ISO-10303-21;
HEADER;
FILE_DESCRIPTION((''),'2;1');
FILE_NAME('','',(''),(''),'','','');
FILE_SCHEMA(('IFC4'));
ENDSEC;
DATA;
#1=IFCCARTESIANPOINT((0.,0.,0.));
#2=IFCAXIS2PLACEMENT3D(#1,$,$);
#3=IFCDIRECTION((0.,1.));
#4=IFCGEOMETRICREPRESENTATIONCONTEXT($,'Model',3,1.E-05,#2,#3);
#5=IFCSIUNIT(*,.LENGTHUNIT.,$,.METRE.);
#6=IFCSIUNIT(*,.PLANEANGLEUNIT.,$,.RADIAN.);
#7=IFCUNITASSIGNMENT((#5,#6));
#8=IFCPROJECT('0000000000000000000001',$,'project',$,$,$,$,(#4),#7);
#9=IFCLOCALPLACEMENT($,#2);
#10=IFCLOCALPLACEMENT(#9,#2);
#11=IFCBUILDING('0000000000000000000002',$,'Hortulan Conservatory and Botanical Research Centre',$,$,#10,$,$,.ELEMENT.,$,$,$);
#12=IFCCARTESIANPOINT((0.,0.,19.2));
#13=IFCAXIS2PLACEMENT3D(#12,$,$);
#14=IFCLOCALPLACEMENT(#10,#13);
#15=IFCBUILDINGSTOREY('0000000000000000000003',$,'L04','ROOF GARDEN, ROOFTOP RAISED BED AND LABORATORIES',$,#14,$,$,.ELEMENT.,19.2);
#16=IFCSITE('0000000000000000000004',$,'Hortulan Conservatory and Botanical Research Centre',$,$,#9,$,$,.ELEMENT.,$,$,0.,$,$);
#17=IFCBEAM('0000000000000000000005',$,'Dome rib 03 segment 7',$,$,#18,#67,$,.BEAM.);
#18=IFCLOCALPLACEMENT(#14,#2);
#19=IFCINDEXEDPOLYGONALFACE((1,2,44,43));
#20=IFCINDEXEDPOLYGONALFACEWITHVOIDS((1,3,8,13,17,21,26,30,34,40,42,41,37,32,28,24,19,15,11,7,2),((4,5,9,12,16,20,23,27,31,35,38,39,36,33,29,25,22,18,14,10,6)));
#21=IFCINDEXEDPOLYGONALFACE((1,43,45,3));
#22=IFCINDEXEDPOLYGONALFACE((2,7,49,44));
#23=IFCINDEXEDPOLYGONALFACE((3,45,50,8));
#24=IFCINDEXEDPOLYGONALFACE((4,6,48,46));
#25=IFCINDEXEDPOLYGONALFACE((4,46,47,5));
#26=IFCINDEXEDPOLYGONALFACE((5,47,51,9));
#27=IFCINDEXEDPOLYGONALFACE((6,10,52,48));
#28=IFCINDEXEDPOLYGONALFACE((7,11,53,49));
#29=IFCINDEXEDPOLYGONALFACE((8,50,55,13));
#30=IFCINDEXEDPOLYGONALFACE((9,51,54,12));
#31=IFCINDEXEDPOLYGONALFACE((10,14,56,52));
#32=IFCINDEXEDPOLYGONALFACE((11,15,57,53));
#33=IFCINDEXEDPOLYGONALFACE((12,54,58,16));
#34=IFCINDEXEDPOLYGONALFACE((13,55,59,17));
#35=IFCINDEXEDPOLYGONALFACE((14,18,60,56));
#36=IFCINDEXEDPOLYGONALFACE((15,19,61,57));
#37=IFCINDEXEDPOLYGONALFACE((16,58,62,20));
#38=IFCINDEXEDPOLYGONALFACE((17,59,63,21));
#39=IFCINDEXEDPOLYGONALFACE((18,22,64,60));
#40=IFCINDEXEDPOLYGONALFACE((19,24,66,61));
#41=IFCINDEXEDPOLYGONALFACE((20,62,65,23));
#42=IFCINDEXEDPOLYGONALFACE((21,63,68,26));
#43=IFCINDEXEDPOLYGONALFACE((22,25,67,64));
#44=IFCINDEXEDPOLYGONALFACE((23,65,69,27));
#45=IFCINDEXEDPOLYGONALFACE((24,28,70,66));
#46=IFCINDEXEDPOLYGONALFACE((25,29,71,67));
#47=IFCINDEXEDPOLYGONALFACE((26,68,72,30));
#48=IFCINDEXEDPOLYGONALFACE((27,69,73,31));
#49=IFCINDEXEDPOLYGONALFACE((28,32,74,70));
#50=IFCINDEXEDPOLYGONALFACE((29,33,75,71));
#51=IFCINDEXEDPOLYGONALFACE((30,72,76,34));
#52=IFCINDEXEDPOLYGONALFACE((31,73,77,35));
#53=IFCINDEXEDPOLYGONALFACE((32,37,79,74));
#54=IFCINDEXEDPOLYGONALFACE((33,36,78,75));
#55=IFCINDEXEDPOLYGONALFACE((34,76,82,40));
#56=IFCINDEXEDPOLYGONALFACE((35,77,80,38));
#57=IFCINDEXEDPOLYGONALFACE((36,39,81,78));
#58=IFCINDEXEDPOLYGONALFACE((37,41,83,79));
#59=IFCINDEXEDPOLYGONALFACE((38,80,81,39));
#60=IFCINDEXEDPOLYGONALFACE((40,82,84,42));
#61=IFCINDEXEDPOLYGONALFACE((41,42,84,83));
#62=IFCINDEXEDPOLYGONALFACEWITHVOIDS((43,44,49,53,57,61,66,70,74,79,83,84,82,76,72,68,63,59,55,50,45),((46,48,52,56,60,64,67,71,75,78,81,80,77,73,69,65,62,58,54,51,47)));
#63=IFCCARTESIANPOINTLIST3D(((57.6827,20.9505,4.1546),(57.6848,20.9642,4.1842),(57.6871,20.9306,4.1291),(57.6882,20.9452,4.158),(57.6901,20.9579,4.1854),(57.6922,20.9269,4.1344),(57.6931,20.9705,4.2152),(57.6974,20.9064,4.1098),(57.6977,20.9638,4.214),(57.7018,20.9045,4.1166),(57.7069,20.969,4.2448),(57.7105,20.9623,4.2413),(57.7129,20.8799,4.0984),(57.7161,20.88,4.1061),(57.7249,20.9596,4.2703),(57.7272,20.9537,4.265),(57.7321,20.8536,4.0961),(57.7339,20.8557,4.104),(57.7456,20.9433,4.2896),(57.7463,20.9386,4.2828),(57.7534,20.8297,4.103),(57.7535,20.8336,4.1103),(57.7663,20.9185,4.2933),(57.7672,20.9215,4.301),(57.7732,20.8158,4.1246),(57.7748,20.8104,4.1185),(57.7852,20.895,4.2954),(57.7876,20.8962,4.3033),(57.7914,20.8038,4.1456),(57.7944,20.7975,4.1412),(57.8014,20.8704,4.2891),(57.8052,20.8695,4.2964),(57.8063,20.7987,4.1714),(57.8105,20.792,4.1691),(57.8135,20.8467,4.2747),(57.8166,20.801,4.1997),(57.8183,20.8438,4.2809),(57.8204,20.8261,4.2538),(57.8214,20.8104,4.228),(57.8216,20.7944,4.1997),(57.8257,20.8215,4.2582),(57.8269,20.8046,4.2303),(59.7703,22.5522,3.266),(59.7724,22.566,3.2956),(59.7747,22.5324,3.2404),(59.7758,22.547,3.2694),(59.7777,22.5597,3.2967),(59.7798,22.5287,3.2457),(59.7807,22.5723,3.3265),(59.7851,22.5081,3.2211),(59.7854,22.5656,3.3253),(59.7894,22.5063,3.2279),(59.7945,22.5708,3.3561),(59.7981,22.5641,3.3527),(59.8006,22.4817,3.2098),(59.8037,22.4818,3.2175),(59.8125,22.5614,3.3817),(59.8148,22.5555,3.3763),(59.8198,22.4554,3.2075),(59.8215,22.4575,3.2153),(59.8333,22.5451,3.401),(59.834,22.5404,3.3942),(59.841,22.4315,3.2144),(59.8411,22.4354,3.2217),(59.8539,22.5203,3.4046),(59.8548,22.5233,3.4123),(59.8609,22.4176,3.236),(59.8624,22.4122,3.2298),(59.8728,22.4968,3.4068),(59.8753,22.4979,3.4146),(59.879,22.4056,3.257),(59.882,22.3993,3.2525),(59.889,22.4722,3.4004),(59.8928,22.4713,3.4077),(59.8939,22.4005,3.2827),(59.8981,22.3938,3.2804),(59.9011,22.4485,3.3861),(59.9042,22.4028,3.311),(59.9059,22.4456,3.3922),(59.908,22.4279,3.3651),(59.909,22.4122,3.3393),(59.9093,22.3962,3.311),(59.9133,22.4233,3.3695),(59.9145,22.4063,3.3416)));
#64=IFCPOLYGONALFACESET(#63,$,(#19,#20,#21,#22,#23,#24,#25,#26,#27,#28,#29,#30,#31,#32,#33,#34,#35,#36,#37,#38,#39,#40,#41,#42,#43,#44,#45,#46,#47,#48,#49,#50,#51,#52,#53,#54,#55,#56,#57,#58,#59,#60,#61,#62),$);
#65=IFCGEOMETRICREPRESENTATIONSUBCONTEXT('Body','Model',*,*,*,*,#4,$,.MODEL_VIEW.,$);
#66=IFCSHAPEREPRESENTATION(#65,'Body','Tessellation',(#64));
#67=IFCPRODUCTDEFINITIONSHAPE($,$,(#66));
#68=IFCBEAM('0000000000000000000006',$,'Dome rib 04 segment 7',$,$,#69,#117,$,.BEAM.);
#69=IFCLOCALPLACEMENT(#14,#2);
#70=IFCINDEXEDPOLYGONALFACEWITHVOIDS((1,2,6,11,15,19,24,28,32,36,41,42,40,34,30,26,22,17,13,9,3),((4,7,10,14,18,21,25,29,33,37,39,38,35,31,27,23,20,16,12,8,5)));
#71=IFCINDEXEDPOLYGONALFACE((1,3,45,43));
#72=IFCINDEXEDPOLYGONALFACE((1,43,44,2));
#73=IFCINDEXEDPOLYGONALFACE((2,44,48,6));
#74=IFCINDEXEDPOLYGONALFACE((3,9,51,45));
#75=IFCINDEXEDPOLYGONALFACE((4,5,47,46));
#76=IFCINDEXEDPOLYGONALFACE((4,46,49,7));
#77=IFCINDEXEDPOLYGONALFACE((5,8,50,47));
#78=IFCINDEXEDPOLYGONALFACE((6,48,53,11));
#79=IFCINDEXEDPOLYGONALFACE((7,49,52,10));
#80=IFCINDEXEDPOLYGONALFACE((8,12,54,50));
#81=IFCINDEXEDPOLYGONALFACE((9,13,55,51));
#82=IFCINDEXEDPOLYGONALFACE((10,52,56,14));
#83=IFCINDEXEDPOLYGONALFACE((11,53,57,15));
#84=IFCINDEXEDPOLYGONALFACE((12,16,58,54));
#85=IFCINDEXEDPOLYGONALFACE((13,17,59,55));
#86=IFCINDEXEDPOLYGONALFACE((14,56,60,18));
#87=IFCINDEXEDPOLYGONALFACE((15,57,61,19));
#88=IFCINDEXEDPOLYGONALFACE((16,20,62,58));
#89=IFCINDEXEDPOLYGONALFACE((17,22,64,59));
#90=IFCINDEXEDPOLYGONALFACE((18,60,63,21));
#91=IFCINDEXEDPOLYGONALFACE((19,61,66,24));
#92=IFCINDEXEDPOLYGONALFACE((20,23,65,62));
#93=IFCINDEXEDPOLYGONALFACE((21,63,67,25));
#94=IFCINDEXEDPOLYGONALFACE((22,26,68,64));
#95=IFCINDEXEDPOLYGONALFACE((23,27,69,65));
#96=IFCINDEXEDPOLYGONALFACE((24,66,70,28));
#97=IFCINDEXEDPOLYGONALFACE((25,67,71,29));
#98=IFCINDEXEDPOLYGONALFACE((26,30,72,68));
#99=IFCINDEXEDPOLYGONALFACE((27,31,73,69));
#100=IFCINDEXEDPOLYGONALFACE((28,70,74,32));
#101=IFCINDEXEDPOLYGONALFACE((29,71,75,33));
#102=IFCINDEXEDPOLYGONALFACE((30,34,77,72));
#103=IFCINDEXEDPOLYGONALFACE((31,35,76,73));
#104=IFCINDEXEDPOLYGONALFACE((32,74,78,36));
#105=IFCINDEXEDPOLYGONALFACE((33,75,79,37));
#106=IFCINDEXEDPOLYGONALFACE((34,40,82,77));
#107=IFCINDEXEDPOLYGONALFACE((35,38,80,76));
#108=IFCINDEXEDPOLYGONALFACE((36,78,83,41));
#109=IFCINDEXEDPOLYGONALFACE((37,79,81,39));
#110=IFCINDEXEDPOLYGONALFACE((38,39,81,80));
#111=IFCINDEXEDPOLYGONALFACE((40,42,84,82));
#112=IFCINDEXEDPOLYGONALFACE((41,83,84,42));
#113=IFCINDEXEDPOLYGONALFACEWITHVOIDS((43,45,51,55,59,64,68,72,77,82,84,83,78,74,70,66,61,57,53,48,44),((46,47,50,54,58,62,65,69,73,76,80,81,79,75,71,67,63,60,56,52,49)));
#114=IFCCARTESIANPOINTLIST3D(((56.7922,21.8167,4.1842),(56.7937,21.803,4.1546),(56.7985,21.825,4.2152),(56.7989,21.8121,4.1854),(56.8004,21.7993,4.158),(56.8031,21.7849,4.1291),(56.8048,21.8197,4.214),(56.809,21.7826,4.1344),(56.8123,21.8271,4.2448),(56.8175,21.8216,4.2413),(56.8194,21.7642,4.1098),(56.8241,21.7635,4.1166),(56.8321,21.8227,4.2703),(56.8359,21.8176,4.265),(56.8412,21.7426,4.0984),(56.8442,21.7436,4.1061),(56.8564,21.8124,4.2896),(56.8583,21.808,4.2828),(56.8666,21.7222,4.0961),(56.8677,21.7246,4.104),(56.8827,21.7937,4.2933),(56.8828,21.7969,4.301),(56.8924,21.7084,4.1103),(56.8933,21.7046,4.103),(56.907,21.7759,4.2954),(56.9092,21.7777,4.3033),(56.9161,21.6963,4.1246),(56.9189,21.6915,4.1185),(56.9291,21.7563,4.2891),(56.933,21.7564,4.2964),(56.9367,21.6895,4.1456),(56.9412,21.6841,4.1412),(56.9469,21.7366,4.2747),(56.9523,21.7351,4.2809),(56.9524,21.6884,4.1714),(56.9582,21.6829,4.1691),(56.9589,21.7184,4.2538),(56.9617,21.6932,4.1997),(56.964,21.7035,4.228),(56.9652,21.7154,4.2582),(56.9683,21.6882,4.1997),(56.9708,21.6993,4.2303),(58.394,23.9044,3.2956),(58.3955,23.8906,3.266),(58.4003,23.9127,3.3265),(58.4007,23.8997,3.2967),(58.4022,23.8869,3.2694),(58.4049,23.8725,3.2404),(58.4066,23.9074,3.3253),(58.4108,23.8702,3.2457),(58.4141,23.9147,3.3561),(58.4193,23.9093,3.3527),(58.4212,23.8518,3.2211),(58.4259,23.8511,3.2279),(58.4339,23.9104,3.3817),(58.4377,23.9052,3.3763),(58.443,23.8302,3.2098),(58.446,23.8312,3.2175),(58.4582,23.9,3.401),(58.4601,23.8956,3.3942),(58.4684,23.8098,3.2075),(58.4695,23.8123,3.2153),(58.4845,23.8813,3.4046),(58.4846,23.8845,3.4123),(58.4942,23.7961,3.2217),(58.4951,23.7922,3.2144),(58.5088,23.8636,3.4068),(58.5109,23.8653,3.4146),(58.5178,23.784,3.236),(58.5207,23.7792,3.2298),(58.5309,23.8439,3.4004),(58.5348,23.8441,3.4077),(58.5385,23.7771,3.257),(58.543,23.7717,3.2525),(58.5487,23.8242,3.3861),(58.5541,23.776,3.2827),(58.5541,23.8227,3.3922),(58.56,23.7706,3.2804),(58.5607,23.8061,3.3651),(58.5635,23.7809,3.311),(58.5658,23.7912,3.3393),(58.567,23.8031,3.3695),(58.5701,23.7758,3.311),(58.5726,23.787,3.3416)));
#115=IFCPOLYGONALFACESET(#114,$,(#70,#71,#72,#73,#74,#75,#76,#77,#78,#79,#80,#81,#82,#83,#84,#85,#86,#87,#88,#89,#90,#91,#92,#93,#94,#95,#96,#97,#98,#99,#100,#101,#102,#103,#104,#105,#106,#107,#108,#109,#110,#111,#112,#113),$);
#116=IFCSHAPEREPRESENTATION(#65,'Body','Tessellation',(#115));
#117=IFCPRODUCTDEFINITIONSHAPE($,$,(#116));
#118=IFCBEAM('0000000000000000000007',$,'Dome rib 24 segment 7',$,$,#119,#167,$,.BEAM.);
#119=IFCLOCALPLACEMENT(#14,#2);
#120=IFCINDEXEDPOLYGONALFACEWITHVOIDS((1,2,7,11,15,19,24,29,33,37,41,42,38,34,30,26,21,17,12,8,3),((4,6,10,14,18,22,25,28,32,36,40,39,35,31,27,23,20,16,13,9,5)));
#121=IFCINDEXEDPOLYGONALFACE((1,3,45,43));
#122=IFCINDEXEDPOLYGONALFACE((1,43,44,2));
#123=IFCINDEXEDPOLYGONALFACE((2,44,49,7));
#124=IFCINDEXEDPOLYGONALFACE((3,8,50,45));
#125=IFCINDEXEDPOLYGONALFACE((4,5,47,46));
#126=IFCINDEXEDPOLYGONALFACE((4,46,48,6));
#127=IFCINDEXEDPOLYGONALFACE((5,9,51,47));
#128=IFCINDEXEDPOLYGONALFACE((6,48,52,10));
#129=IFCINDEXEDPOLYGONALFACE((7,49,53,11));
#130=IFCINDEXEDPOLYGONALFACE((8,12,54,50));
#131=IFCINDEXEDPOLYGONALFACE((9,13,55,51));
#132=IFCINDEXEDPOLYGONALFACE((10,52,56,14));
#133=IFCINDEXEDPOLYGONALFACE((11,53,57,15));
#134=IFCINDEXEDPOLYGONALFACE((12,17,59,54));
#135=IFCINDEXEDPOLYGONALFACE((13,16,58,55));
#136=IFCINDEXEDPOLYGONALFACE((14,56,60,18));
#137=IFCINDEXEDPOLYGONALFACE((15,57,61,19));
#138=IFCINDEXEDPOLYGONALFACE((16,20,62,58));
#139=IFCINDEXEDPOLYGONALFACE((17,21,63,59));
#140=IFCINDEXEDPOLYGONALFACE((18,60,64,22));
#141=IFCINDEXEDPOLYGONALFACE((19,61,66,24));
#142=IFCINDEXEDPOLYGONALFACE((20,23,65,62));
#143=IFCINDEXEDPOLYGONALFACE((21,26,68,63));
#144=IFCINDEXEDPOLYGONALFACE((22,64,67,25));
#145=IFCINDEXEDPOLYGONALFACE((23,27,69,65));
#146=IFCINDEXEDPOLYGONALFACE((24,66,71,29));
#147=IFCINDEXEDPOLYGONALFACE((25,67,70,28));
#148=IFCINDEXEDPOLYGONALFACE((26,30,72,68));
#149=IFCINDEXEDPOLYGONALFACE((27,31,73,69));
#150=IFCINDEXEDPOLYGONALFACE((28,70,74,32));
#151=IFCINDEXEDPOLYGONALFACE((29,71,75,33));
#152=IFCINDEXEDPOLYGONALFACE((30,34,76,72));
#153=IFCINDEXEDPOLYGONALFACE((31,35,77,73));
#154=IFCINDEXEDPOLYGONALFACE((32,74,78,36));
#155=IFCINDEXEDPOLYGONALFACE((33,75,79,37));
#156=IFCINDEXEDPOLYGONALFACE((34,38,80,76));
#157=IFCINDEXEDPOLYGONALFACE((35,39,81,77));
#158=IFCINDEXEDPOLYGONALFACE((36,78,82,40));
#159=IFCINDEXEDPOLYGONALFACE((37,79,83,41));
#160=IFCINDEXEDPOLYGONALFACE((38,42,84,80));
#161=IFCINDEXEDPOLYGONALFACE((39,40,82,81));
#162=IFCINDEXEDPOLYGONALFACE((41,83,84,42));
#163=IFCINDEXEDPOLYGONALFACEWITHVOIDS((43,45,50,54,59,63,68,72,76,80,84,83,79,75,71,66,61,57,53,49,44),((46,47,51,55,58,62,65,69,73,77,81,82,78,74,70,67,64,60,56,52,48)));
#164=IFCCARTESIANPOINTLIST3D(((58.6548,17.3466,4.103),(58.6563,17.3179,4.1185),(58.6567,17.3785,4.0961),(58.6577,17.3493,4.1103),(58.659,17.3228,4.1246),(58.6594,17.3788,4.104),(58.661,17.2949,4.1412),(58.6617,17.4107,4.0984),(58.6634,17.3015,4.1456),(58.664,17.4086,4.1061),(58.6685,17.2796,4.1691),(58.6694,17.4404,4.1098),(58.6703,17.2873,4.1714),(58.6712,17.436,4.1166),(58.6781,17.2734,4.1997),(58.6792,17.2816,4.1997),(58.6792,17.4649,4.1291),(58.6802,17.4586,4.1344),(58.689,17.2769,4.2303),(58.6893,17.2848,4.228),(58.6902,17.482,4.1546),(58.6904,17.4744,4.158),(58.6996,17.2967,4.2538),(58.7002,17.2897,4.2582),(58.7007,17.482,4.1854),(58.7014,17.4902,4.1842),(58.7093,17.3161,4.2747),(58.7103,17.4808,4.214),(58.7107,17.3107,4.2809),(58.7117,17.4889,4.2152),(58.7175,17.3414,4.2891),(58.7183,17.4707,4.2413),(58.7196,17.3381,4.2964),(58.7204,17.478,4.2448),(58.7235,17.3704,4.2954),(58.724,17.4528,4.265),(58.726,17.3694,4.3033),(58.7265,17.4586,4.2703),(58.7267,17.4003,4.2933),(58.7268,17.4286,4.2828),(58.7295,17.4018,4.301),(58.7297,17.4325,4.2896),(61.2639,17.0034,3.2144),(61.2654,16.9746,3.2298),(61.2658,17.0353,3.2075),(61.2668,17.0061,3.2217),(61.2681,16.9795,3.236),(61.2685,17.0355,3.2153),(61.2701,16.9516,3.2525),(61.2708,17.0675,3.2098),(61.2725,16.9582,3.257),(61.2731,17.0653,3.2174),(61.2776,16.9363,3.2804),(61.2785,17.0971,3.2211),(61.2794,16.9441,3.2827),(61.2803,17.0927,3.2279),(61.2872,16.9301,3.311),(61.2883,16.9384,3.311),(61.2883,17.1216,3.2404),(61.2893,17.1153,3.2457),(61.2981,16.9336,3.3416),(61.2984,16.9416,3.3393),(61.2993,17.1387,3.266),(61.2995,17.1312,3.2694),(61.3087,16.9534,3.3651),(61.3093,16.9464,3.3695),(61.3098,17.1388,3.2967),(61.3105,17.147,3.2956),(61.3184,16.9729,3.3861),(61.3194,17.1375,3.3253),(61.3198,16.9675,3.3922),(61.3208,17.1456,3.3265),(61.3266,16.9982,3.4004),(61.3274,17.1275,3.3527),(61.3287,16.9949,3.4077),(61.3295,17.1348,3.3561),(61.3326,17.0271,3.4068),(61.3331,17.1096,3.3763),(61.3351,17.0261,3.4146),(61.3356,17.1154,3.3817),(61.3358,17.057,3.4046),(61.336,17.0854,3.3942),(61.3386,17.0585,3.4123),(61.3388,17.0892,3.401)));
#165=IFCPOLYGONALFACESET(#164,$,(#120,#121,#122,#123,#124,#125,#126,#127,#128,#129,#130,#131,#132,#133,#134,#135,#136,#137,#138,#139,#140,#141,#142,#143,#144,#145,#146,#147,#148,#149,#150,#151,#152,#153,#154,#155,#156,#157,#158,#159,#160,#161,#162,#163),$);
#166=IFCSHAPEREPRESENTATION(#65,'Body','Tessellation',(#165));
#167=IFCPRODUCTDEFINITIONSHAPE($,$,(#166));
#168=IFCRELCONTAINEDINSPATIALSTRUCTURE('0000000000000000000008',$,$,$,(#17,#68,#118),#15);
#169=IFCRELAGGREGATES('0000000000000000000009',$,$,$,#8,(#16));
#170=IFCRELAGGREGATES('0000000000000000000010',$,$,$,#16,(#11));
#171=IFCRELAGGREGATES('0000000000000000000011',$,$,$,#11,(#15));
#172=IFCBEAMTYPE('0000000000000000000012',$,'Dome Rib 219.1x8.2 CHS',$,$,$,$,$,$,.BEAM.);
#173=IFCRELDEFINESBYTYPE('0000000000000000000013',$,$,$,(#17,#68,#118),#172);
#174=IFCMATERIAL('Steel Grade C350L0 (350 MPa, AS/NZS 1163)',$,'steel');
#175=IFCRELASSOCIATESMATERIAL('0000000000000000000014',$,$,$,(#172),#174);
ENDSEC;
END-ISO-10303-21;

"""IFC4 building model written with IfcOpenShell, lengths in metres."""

from ifc_helpers import new_model, si_unit, direction, frame, origin, origin_2d, place, context, subcontext, project, spatial, hollow_circle, extrude, material, material_profile, profile_set, type_object, element, save


model = new_model("IFC4")

# Units and contexts
model_context = context("Model", 3, precision=1e-05, world=origin(), true_north=direction((0.0, 1.0)))
body_context = subcontext(model_context, "Body", "Model", "MODEL_VIEW")
ifc_project = project(units=[si_unit("LENGTHUNIT", "METRE"), si_unit("PLANEANGLEUNIT", "RADIAN")], contexts=[model_context])

# Site, building, storey
site_placement = place(None, origin())
site = spatial("IfcSite", under=ifc_project, at=site_placement, Name="Hortulan Conservatory and Botanical Research Centre", CompositionType="ELEMENT", RefElevation=0.0)
building_placement = place(site_placement, origin())
building = spatial("IfcBuilding", under=site, at=building_placement, Name="Hortulan Conservatory and Botanical Research Centre", CompositionType="ELEMENT")
storey_placement = place(building_placement, frame((0.0, 0.0, 19.2)))
storey = spatial("IfcBuildingStorey", under=building, at=storey_placement, Name="L04", Description="ROOF GARDEN, ROOFTOP RAISED BED AND LABORATORIES", CompositionType="ELEMENT", Elevation=19.2)

# Beams
ifc_material_1 = material(Name="Steel Grade C350L0 (350 MPa, AS/NZS 1163)", Category="steel")
ifc_material_profile_1 = material_profile(ifc_material_1, hollow_circle(Radius=0.1096, WallThickness=0.0083, at=origin_2d()), Name="219.1x8.2CHS")
ifc_profile_set_1 = profile_set([ifc_material_profile_1], Name="Steel Grade C350L0 (350 MPa, AS/NZS 1163)")
beam_type = type_object("IfcBeamType", Name="Dome Rib 219.1x8.2 CHS", PredefinedType="BEAM", material=ifc_profile_set_1)
for number, where, z_axis, x_axis, name in (
    (1, (59.8425, 22.4832, 3.311), (-0.751663, -0.576735, 0.319969), (0.608737, -0.793372, 0.0), "Dome rib 03 segment 7"),
    (2, (58.4832, 23.8425, 3.311), (-0.576735, -0.751663, 0.319969), (0.793372, -0.608737, 0.0), "Dome rib 04 segment 7"),
):
    element("IfcBeam", number, at=place(storey_placement, frame(where, z_axis=z_axis, x_axis=x_axis)), inside=storey, type_object=beam_type, Name=name, PredefinedType="BEAM", context=body_context, shape_type="SweptSolid", body=[
        extrude(hollow_circle(Radius=0.1096, WallThickness=0.0083, at=origin_2d()), origin(), (0.0, 0.0, 1.0), 2.7773),
    ])
beam_1_placement = place(storey_placement, frame((61.3015, 17.0388, 3.311), z_axis=(-0.939343, 0.123582, 0.319941), x_axis=(-0.130438, -0.991457, 0.0)))
element("IfcBeam", 3, at=beam_1_placement, inside=storey, type_object=beam_type, Name="Dome rib 24 segment 7", PredefinedType="BEAM", context=body_context, shape_type="SweptSolid", body=[
    extrude(hollow_circle(Radius=0.1096, WallThickness=0.0083, at=origin_2d()), origin(), (0.0, 0.0, 1.0), 2.7776),
])

save(model, "model.ifc")
